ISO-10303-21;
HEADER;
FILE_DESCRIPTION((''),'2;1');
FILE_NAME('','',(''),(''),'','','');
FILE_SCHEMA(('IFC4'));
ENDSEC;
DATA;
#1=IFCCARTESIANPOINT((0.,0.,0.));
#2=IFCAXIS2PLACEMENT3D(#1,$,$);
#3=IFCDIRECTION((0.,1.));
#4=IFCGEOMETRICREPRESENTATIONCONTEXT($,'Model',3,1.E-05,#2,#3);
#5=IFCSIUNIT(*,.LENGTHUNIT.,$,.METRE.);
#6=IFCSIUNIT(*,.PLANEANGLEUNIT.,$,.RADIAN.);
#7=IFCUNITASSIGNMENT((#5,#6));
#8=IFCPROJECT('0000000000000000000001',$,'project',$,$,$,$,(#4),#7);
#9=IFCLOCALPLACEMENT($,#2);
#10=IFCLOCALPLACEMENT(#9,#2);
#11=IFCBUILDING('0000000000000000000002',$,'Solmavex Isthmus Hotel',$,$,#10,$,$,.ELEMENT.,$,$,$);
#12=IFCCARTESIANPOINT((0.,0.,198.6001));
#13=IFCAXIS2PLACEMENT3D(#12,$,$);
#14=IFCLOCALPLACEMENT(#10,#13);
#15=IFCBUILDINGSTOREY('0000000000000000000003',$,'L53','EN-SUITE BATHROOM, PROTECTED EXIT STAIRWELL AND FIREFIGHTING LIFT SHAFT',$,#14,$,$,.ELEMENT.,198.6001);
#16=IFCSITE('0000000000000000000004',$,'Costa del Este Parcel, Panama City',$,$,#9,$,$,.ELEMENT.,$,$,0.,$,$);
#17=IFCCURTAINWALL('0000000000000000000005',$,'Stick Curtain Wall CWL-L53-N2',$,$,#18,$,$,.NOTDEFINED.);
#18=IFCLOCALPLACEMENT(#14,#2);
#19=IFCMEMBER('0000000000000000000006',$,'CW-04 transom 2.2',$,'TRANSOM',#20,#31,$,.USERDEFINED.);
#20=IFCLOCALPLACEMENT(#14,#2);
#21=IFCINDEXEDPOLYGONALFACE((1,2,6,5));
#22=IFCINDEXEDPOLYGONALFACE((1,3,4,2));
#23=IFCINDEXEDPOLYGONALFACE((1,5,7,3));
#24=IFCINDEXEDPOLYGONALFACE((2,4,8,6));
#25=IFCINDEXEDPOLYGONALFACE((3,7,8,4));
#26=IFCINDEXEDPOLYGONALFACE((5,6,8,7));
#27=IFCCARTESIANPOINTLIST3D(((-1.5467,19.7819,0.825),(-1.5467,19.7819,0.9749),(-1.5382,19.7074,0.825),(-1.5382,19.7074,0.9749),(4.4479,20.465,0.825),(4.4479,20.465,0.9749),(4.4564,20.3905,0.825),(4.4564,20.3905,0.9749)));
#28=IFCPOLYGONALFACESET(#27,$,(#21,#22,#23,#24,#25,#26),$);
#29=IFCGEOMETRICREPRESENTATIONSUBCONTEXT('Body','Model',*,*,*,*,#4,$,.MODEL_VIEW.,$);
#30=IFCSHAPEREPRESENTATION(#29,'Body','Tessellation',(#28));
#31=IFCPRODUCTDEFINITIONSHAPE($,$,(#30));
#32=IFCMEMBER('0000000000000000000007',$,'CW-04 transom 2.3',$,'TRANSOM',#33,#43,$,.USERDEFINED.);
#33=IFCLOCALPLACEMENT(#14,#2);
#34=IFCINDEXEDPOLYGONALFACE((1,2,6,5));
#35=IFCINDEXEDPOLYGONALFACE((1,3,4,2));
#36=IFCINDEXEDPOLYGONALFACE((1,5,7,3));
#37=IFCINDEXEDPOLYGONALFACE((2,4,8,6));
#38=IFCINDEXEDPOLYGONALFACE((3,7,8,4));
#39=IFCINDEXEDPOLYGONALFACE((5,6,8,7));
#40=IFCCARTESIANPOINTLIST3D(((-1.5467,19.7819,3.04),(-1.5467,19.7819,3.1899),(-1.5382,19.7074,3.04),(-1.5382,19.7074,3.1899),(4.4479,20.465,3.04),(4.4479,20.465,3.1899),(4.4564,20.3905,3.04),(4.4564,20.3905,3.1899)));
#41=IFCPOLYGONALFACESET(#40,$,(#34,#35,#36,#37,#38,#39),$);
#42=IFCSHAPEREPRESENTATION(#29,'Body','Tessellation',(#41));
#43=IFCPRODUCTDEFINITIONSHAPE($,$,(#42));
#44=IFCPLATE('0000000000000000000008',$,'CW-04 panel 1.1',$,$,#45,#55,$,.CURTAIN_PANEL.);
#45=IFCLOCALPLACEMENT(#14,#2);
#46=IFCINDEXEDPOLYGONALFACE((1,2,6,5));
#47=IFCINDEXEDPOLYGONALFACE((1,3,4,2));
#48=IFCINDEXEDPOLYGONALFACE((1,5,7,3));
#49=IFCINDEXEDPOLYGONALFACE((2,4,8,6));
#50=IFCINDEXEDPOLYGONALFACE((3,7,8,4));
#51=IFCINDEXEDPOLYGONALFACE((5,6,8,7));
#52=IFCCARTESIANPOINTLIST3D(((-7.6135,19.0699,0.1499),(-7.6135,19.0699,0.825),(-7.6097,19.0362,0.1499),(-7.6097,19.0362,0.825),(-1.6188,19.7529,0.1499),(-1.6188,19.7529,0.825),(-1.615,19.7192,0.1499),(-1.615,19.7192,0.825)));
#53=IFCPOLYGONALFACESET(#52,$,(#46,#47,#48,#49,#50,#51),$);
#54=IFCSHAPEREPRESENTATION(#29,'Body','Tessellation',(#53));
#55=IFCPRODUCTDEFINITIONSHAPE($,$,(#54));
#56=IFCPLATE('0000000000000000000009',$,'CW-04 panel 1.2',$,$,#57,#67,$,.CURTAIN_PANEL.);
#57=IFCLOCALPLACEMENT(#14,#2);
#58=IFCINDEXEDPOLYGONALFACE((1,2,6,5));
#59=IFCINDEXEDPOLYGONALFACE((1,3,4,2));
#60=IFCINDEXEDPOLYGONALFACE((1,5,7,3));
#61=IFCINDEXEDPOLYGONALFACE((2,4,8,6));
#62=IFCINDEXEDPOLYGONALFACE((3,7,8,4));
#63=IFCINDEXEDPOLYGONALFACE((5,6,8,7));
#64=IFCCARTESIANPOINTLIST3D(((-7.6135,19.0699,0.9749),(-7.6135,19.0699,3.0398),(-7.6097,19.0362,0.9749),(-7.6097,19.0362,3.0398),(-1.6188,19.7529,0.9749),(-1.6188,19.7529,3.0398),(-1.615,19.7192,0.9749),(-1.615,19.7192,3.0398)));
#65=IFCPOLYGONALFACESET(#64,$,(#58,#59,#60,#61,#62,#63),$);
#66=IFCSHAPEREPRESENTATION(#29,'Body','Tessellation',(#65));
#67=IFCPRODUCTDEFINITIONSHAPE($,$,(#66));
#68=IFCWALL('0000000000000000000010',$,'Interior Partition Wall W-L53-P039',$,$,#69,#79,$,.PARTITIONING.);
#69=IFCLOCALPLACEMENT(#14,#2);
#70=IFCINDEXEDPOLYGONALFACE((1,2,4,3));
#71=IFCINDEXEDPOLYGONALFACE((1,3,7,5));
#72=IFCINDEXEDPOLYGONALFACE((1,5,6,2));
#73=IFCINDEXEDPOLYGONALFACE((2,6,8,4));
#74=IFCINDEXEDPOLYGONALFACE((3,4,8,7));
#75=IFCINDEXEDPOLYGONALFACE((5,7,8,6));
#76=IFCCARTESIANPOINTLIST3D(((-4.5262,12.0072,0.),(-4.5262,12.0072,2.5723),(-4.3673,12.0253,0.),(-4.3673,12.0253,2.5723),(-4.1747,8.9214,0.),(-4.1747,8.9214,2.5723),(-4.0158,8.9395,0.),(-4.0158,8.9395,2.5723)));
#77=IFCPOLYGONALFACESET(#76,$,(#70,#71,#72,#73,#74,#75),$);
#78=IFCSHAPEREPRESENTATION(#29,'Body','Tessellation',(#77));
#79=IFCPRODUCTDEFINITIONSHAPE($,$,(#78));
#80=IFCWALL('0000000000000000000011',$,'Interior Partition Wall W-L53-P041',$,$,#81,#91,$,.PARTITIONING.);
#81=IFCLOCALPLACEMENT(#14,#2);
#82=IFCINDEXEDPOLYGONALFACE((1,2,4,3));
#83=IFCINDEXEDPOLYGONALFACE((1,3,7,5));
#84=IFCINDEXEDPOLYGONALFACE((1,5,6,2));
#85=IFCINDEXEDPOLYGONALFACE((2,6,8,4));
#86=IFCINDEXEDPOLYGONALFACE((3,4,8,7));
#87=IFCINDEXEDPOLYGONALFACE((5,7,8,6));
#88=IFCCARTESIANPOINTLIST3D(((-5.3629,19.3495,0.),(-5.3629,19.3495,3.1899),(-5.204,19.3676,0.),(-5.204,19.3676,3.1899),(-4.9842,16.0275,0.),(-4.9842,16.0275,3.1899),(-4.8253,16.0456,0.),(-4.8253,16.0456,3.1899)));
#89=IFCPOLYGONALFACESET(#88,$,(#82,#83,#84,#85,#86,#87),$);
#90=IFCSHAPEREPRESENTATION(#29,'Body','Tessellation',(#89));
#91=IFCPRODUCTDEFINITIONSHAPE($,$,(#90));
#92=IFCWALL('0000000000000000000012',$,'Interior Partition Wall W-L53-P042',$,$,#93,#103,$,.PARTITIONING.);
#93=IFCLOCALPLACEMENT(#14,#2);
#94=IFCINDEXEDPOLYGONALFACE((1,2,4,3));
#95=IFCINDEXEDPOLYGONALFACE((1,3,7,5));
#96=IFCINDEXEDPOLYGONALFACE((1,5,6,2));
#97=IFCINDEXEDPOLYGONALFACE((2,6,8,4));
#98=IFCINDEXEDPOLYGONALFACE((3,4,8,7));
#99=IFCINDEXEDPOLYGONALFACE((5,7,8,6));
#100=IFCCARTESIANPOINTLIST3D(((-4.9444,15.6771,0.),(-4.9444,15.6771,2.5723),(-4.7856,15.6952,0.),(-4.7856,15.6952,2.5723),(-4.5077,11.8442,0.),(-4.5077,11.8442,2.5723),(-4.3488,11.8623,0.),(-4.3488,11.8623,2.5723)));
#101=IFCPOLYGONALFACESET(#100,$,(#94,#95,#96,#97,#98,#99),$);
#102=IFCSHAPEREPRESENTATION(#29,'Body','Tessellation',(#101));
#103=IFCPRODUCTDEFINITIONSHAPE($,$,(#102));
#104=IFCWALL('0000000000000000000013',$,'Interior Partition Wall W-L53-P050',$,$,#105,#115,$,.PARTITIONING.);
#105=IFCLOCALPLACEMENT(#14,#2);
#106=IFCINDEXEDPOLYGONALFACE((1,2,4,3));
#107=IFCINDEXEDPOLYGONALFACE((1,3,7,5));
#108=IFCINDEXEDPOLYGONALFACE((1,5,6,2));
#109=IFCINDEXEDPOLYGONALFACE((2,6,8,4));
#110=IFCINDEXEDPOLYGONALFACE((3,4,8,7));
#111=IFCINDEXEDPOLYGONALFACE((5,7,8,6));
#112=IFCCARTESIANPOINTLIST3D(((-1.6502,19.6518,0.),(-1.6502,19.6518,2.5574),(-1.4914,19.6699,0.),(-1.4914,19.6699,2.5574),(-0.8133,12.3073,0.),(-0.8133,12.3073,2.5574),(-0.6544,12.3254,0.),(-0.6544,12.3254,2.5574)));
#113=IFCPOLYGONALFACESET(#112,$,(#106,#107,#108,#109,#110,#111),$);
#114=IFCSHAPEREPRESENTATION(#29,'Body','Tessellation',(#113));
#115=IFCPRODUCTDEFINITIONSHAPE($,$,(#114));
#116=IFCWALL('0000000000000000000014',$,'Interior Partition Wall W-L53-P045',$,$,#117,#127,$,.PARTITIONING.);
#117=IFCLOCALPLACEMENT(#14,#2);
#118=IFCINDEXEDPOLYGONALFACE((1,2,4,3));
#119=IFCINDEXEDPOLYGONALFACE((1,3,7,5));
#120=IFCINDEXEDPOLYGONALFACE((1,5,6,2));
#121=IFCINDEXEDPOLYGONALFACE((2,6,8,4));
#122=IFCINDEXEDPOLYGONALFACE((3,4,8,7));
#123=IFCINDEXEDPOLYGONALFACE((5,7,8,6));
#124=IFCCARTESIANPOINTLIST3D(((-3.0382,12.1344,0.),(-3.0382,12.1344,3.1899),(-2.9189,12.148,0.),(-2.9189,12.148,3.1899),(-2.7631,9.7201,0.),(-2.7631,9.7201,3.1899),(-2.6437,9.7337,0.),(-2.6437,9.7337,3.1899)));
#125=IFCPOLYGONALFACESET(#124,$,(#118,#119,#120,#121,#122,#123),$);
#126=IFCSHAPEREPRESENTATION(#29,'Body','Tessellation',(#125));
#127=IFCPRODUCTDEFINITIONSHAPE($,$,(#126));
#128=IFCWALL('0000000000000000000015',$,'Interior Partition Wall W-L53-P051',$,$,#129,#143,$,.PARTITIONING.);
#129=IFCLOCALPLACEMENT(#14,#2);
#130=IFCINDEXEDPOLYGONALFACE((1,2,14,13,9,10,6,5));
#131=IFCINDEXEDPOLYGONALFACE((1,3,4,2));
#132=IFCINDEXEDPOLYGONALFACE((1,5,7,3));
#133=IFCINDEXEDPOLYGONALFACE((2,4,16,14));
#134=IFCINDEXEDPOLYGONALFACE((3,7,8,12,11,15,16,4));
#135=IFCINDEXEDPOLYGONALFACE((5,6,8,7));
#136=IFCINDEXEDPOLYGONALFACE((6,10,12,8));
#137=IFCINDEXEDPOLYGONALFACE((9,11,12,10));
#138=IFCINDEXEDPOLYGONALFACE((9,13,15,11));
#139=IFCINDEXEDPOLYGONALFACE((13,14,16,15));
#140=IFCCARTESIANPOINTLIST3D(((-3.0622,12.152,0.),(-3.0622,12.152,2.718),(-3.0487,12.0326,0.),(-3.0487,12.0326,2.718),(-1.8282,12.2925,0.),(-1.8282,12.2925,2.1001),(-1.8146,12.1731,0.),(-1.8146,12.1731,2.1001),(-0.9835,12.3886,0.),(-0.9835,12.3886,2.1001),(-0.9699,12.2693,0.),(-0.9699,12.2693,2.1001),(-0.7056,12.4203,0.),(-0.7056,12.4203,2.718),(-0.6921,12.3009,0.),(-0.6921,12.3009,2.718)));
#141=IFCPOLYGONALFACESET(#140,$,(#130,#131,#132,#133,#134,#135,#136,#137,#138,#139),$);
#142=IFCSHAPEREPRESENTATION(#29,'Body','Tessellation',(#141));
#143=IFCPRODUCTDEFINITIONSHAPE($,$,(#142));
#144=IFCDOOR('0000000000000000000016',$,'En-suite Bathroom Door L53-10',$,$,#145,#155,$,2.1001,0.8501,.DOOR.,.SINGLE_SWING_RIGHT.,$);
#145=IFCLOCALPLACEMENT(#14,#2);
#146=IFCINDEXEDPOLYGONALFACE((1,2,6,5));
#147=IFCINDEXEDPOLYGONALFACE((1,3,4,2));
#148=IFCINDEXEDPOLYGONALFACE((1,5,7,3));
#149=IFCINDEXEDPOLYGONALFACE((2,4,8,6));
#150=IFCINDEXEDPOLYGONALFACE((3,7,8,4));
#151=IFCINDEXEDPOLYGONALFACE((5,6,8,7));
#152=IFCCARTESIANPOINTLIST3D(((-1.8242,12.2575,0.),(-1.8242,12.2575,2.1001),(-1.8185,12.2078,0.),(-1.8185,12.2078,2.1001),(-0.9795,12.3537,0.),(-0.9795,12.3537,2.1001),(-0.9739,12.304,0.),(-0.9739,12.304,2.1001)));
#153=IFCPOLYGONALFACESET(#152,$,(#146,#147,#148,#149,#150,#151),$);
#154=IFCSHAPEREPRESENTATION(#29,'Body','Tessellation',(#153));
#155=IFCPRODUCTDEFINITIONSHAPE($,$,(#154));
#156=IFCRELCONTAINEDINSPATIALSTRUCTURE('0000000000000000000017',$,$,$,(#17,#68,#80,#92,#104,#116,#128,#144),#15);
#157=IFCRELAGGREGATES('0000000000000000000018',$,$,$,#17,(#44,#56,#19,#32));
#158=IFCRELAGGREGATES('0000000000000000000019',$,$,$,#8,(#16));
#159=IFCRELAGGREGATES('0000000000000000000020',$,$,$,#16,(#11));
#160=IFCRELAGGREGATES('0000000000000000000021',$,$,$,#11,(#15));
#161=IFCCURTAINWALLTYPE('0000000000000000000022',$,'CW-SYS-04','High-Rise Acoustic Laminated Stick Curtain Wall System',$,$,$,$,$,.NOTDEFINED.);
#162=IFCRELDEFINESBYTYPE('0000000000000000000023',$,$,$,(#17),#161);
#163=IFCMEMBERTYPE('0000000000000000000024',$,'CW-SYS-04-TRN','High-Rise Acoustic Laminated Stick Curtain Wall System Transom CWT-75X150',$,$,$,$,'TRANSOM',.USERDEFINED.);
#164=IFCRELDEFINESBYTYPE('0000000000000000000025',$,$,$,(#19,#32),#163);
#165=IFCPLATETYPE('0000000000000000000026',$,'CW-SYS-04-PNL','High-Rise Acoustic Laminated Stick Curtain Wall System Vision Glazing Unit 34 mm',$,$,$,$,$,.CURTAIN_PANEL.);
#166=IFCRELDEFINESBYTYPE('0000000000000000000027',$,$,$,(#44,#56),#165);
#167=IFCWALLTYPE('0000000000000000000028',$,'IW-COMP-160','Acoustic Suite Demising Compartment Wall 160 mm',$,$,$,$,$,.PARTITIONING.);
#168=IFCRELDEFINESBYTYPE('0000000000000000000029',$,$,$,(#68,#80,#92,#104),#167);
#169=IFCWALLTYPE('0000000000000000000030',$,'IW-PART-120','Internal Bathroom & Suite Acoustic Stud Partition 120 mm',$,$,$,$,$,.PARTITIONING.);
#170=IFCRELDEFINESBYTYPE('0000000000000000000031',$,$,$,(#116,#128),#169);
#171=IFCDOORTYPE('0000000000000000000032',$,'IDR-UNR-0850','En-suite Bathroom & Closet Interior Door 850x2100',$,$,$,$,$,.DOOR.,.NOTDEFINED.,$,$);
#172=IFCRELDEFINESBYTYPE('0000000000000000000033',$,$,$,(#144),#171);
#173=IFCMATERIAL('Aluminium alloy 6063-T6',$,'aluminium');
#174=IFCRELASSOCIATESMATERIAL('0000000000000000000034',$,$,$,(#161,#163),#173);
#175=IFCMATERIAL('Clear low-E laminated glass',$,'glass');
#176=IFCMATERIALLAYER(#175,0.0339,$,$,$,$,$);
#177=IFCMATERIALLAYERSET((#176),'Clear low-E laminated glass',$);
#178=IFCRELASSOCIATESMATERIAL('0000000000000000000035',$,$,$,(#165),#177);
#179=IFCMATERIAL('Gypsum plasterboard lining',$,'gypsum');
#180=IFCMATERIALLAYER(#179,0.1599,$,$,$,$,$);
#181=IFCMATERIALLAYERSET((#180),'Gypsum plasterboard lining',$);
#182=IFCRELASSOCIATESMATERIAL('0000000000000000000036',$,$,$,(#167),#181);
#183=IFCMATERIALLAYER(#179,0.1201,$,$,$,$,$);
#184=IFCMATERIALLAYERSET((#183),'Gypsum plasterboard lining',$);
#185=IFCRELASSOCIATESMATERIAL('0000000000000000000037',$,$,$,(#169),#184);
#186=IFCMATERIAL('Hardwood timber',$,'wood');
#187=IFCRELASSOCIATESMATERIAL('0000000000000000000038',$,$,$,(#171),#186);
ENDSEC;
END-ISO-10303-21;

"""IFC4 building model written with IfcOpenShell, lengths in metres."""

from ifc_helpers import new_model, si_unit, direction, frame, frame_2d, origin, origin_2d, place, context, subcontext, project, spatial, rectangle, extrude, material, layer, layer_set, material_profile, profile_set, type_object, element, fill, aggregate, save


model = new_model("IFC4")

# Units and contexts
model_context = context("Model", 3, precision=1e-05, world=origin(), true_north=direction((0.0, 1.0)))
body_context = subcontext(model_context, "Body", "Model", "MODEL_VIEW")
ifc_project = project(units=[si_unit("LENGTHUNIT", "METRE"), si_unit("PLANEANGLEUNIT", "RADIAN")], contexts=[model_context])

# Site, building, storey
site_placement = place(None, origin())
site = spatial("IfcSite", under=ifc_project, at=site_placement, Name="Costa del Este Parcel, Panama City", CompositionType="ELEMENT", RefElevation=0.0)
building_placement = place(site_placement, origin())
building = spatial("IfcBuilding", under=site, at=building_placement, Name="Solmavex Isthmus Hotel", CompositionType="ELEMENT")
storey_placement = place(building_placement, frame((0.0, 0.0, 198.6001)))
storey = spatial("IfcBuildingStorey", under=building, at=storey_placement, Name="L53", Description="EN-SUITE BATHROOM, PROTECTED EXIT STAIRWELL AND FIREFIGHTING LIFT SHAFT", CompositionType="ELEMENT", Elevation=198.6001)

# Shared definitions
ifc_material_1 = material(Name="Aluminium alloy 6063-T6", Category="aluminium")
curtain_wall_type = type_object("IfcCurtainWallType", Name="CW-SYS-04", Description="High-Rise Acoustic Laminated Stick Curtain Wall System", PredefinedType="NOTDEFINED", material=ifc_material_1)

# Curtain wall, members, plates
curtain_wall_1_placement = place(storey_placement, origin())
curtain_wall_1 = element("IfcCurtainWall", 1, at=curtain_wall_1_placement, inside=storey, type_object=curtain_wall_type, Name="Stick Curtain Wall CWL-L53-N2", PredefinedType="NOTDEFINED")
ifc_material_profile_1 = material_profile(ifc_material_1, rectangle(XDim=0.075, YDim=0.1499, at=origin_2d()), Name="CWT-75X150")
ifc_profile_set_1 = profile_set([ifc_material_profile_1], Name="Aluminium alloy 6063-T6")
member_type_1 = type_object("IfcMemberType", Name="CW-SYS-04-TRN", Description="High-Rise Acoustic Laminated Stick Curtain Wall System Transom CWT-75X150", ElementType="TRANSOM", PredefinedType="USERDEFINED", material=ifc_profile_set_1)
member_1_placement = place(storey_placement, frame((-1.5425, 19.7446, 0.8999), z_axis=(0.99357, 0.11322, 0.0), x_axis=(-0.11322, 0.99357, 0.0)))
member_1 = element("IfcMember", 2, at=member_1_placement, type_object=member_type_1, Name="CW-04 transom 2.2", ObjectType="TRANSOM", PredefinedType="USERDEFINED", context=body_context, shape_type="SweptSolid", body=[
    extrude(rectangle(XDim=0.075, YDim=0.1499, at=origin_2d()), origin(), (0.0, 0.0, 1.0), 6.0334),
])
member_2_placement = place(storey_placement, frame((-1.5425, 19.7446, 3.115), z_axis=(0.99357, 0.11322, 0.0), x_axis=(-0.11322, 0.99357, 0.0)))
member_2 = element("IfcMember", 3, at=member_2_placement, type_object=member_type_1, Name="CW-04 transom 2.3", ObjectType="TRANSOM", PredefinedType="USERDEFINED", context=body_context, shape_type="SweptSolid", body=[
    extrude(rectangle(XDim=0.075, YDim=0.1499, at=origin_2d()), origin(), (0.0, 0.0, 1.0), 6.0334),
])
ifc_material_2 = material(Name="Clear low-E laminated glass", Category="glass")
ifc_layer_1 = layer(ifc_material_2, 0.0339)
ifc_layer_set_1 = layer_set([ifc_layer_1], Name="Clear low-E laminated glass")
plate_type = type_object("IfcPlateType", Name="CW-SYS-04-PNL", Description="High-Rise Acoustic Laminated Stick Curtain Wall System Vision Glazing Unit 34 mm", PredefinedType="CURTAIN_PANEL", material=ifc_layer_set_1)
plate_1_placement = place(storey_placement, frame((-4.6143, 19.3945, 0.1499), z_axis=(0.0, 0.0, 1.0), x_axis=(0.993572, 0.113203, 0.0)))
plate_1 = element("IfcPlate", 4, at=plate_1_placement, type_object=plate_type, Name="CW-04 panel 1.1", PredefinedType="CURTAIN_PANEL", context=body_context, shape_type="SweptSolid", body=[
    extrude(rectangle(XDim=6.0334, YDim=0.0339, at=origin_2d()), origin(), (0.0, 0.0, 1.0), 0.675),
])
plate_2_placement = place(storey_placement, frame((-4.6143, 19.3945, 0.9749), z_axis=(0.0, 0.0, 1.0), x_axis=(0.993572, 0.113203, 0.0)))
plate_2 = element("IfcPlate", 5, at=plate_2_placement, type_object=plate_type, Name="CW-04 panel 1.2", PredefinedType="CURTAIN_PANEL", context=body_context, shape_type="SweptSolid", body=[
    extrude(rectangle(XDim=6.0334, YDim=0.0339, at=origin_2d()), origin(), (0.0, 0.0, 1.0), 2.0649),
])
aggregate(curtain_wall_1, [plate_1, plate_2, member_1, member_2])

# Walls
ifc_material_3 = material(Name="Gypsum plasterboard lining", Category="gypsum")
ifc_layer_2 = layer(ifc_material_3, 0.1599)
ifc_layer_set_2 = layer_set([ifc_layer_2], Name="Gypsum plasterboard lining")
wall_type_1 = type_object("IfcWallType", Name="IW-COMP-160", Description="Acoustic Suite Demising Compartment Wall 160 mm", PredefinedType="PARTITIONING", material=ifc_layer_set_2)
wall_1_placement = place(storey_placement, frame((-4.4468, 12.0161, 0.0), z_axis=(0.0, 0.0, 1.0), x_axis=(0.113201, -0.993572, 0.0)))
element("IfcWall", 6, at=wall_1_placement, inside=storey, type_object=wall_type_1, Name="Interior Partition Wall W-L53-P039", PredefinedType="PARTITIONING", context=body_context, shape_type="SweptSolid", body=[
    extrude(rectangle(XDim=3.1057, YDim=0.1599, at=frame_2d((1.5527, 0.0))), origin(), (0.0, 0.0, 1.0), 2.5723),
])
wall_2_placement = place(storey_placement, frame((-5.2834, 19.3586, 0.0), z_axis=(0.0, 0.0, 1.0), x_axis=(0.113252, -0.993566, 0.0)))
element("IfcWall", 7, at=wall_2_placement, inside=storey, type_object=wall_type_1, Name="Interior Partition Wall W-L53-P041", PredefinedType="PARTITIONING", context=body_context, shape_type="SweptSolid", body=[
    extrude(rectangle(XDim=3.3435, YDim=0.1599, at=frame_2d((1.6719, 0.0))), origin(), (0.0, 0.0, 1.0), 3.1899),
])
wall_3_placement = place(storey_placement, frame((-4.865, 15.686, 0.0), z_axis=(0.0, 0.0, 1.0), x_axis=(0.113224, -0.99357, 0.0)))
element("IfcWall", 8, at=wall_3_placement, inside=storey, type_object=wall_type_1, Name="Interior Partition Wall W-L53-P042", PredefinedType="PARTITIONING", context=body_context, shape_type="SweptSolid", body=[
    extrude(rectangle(XDim=3.8577, YDim=0.1599, at=frame_2d((1.9287, 0.0))), origin(), (0.0, 0.0, 1.0), 2.5723),
])

# Shared definitions
ifc_material_4 = material(Name="Hardwood timber", Category="wood")

# Walls
wall_4_placement = place(storey_placement, frame((-1.5708, 19.6609, 0.0), z_axis=(0.0, 0.0, 1.0), x_axis=(0.113219, -0.99357, 0.0)))
element("IfcWall", 9, at=wall_4_placement, inside=storey, type_object=wall_type_1, Name="Interior Partition Wall W-L53-P050", PredefinedType="PARTITIONING", context=body_context, shape_type="SweptSolid", body=[
    extrude(rectangle(XDim=7.3921, YDim=0.1599, at=frame_2d((3.696, 0.0))), origin(), (0.0, 0.0, 1.0), 2.5574),
])
ifc_layer_3 = layer(ifc_material_3, 0.1201)
ifc_layer_set_3 = layer_set([ifc_layer_3], Name="Gypsum plasterboard lining")
wall_type_2 = type_object("IfcWallType", Name="IW-PART-120", Description="Internal Bathroom & Suite Acoustic Stud Partition 120 mm", PredefinedType="PARTITIONING", material=ifc_layer_set_3)
wall_5_placement = place(storey_placement, frame((-2.9785, 12.1411, 0.0), z_axis=(0.0, 0.0, 1.0), x_axis=(0.113232, -0.993569, 0.0)))
element("IfcWall", 10, at=wall_5_placement, inside=storey, type_object=wall_type_2, Name="Interior Partition Wall W-L53-P045", PredefinedType="PARTITIONING", context=body_context, shape_type="SweptSolid", body=[
    extrude(rectangle(XDim=2.4299, YDim=0.1201, at=frame_2d((1.2148, 0.0))), origin(), (0.0, 0.0, 1.0), 3.1899),
])

# Wall, opening, door
wall_6_placement = place(storey_placement, frame((-0.6987, 12.3606, 0.0), z_axis=(0.0, 0.0, 1.0), x_axis=(-0.993581, -0.11312, 0.0)))
wall_6 = element("IfcWall", 11, at=wall_6_placement, inside=storey, type_object=wall_type_2, Name="Interior Partition Wall W-L53-P051", PredefinedType="PARTITIONING", context=body_context, shape_type="SweptSolid", body=[
    extrude(rectangle(XDim=2.3718, YDim=0.1201, at=frame_2d((1.186, 0.0))), origin(), (0.0, 0.0, 1.0), 2.718),
])
opening_1_placement = place(wall_6_placement, frame((0.2798, 0.0, 0.0)))
opening_1 = element("IfcOpeningElement", 12, at=opening_1_placement, cuts=wall_6, PredefinedType="OPENING", context=body_context, shape_type="SweptSolid", body=[
    extrude(rectangle(XDim=0.8501, YDim=2.1001, at=frame_2d((0.425, 1.05))), frame((0.0, 0.0701, 0.0), z_axis=(0.0, -1.0, 0.0), x_axis=(1.0, 0.0, 0.0)), (0.0, 0.0, 1.0), 0.1401),
])
door_type_1 = type_object("IfcDoorType", Name="IDR-UNR-0850", Description="En-suite Bathroom & Closet Interior Door 850x2100", OperationType="NOTDEFINED", PredefinedType="DOOR", material=ifc_material_4)
door_1_placement = place(opening_1_placement, frame((0.8501, 0.0, 0.0), z_axis=(0.0, 0.0, 1.0), x_axis=(-1.0, 0.0, 0.0)))
door_1 = element("IfcDoor", 13, at=door_1_placement, inside=storey, type_object=door_type_1, Name="En-suite Bathroom Door L53-10", OperationType="SINGLE_SWING_RIGHT", OverallHeight=2.1001, OverallWidth=0.8501, PredefinedType="DOOR", context=body_context, shape_type="SweptSolid", body=[
    extrude(rectangle(XDim=0.8501, YDim=2.1001, at=frame_2d((0.425, 1.05))), frame((0.0, 0.0249, 0.0), z_axis=(0.0, -1.0, 0.0), x_axis=(1.0, 0.0, 0.0)), (0.0, 0.0, 1.0), 0.05),
])
fill(opening_1, door_1)

save(model, "model.ifc")
